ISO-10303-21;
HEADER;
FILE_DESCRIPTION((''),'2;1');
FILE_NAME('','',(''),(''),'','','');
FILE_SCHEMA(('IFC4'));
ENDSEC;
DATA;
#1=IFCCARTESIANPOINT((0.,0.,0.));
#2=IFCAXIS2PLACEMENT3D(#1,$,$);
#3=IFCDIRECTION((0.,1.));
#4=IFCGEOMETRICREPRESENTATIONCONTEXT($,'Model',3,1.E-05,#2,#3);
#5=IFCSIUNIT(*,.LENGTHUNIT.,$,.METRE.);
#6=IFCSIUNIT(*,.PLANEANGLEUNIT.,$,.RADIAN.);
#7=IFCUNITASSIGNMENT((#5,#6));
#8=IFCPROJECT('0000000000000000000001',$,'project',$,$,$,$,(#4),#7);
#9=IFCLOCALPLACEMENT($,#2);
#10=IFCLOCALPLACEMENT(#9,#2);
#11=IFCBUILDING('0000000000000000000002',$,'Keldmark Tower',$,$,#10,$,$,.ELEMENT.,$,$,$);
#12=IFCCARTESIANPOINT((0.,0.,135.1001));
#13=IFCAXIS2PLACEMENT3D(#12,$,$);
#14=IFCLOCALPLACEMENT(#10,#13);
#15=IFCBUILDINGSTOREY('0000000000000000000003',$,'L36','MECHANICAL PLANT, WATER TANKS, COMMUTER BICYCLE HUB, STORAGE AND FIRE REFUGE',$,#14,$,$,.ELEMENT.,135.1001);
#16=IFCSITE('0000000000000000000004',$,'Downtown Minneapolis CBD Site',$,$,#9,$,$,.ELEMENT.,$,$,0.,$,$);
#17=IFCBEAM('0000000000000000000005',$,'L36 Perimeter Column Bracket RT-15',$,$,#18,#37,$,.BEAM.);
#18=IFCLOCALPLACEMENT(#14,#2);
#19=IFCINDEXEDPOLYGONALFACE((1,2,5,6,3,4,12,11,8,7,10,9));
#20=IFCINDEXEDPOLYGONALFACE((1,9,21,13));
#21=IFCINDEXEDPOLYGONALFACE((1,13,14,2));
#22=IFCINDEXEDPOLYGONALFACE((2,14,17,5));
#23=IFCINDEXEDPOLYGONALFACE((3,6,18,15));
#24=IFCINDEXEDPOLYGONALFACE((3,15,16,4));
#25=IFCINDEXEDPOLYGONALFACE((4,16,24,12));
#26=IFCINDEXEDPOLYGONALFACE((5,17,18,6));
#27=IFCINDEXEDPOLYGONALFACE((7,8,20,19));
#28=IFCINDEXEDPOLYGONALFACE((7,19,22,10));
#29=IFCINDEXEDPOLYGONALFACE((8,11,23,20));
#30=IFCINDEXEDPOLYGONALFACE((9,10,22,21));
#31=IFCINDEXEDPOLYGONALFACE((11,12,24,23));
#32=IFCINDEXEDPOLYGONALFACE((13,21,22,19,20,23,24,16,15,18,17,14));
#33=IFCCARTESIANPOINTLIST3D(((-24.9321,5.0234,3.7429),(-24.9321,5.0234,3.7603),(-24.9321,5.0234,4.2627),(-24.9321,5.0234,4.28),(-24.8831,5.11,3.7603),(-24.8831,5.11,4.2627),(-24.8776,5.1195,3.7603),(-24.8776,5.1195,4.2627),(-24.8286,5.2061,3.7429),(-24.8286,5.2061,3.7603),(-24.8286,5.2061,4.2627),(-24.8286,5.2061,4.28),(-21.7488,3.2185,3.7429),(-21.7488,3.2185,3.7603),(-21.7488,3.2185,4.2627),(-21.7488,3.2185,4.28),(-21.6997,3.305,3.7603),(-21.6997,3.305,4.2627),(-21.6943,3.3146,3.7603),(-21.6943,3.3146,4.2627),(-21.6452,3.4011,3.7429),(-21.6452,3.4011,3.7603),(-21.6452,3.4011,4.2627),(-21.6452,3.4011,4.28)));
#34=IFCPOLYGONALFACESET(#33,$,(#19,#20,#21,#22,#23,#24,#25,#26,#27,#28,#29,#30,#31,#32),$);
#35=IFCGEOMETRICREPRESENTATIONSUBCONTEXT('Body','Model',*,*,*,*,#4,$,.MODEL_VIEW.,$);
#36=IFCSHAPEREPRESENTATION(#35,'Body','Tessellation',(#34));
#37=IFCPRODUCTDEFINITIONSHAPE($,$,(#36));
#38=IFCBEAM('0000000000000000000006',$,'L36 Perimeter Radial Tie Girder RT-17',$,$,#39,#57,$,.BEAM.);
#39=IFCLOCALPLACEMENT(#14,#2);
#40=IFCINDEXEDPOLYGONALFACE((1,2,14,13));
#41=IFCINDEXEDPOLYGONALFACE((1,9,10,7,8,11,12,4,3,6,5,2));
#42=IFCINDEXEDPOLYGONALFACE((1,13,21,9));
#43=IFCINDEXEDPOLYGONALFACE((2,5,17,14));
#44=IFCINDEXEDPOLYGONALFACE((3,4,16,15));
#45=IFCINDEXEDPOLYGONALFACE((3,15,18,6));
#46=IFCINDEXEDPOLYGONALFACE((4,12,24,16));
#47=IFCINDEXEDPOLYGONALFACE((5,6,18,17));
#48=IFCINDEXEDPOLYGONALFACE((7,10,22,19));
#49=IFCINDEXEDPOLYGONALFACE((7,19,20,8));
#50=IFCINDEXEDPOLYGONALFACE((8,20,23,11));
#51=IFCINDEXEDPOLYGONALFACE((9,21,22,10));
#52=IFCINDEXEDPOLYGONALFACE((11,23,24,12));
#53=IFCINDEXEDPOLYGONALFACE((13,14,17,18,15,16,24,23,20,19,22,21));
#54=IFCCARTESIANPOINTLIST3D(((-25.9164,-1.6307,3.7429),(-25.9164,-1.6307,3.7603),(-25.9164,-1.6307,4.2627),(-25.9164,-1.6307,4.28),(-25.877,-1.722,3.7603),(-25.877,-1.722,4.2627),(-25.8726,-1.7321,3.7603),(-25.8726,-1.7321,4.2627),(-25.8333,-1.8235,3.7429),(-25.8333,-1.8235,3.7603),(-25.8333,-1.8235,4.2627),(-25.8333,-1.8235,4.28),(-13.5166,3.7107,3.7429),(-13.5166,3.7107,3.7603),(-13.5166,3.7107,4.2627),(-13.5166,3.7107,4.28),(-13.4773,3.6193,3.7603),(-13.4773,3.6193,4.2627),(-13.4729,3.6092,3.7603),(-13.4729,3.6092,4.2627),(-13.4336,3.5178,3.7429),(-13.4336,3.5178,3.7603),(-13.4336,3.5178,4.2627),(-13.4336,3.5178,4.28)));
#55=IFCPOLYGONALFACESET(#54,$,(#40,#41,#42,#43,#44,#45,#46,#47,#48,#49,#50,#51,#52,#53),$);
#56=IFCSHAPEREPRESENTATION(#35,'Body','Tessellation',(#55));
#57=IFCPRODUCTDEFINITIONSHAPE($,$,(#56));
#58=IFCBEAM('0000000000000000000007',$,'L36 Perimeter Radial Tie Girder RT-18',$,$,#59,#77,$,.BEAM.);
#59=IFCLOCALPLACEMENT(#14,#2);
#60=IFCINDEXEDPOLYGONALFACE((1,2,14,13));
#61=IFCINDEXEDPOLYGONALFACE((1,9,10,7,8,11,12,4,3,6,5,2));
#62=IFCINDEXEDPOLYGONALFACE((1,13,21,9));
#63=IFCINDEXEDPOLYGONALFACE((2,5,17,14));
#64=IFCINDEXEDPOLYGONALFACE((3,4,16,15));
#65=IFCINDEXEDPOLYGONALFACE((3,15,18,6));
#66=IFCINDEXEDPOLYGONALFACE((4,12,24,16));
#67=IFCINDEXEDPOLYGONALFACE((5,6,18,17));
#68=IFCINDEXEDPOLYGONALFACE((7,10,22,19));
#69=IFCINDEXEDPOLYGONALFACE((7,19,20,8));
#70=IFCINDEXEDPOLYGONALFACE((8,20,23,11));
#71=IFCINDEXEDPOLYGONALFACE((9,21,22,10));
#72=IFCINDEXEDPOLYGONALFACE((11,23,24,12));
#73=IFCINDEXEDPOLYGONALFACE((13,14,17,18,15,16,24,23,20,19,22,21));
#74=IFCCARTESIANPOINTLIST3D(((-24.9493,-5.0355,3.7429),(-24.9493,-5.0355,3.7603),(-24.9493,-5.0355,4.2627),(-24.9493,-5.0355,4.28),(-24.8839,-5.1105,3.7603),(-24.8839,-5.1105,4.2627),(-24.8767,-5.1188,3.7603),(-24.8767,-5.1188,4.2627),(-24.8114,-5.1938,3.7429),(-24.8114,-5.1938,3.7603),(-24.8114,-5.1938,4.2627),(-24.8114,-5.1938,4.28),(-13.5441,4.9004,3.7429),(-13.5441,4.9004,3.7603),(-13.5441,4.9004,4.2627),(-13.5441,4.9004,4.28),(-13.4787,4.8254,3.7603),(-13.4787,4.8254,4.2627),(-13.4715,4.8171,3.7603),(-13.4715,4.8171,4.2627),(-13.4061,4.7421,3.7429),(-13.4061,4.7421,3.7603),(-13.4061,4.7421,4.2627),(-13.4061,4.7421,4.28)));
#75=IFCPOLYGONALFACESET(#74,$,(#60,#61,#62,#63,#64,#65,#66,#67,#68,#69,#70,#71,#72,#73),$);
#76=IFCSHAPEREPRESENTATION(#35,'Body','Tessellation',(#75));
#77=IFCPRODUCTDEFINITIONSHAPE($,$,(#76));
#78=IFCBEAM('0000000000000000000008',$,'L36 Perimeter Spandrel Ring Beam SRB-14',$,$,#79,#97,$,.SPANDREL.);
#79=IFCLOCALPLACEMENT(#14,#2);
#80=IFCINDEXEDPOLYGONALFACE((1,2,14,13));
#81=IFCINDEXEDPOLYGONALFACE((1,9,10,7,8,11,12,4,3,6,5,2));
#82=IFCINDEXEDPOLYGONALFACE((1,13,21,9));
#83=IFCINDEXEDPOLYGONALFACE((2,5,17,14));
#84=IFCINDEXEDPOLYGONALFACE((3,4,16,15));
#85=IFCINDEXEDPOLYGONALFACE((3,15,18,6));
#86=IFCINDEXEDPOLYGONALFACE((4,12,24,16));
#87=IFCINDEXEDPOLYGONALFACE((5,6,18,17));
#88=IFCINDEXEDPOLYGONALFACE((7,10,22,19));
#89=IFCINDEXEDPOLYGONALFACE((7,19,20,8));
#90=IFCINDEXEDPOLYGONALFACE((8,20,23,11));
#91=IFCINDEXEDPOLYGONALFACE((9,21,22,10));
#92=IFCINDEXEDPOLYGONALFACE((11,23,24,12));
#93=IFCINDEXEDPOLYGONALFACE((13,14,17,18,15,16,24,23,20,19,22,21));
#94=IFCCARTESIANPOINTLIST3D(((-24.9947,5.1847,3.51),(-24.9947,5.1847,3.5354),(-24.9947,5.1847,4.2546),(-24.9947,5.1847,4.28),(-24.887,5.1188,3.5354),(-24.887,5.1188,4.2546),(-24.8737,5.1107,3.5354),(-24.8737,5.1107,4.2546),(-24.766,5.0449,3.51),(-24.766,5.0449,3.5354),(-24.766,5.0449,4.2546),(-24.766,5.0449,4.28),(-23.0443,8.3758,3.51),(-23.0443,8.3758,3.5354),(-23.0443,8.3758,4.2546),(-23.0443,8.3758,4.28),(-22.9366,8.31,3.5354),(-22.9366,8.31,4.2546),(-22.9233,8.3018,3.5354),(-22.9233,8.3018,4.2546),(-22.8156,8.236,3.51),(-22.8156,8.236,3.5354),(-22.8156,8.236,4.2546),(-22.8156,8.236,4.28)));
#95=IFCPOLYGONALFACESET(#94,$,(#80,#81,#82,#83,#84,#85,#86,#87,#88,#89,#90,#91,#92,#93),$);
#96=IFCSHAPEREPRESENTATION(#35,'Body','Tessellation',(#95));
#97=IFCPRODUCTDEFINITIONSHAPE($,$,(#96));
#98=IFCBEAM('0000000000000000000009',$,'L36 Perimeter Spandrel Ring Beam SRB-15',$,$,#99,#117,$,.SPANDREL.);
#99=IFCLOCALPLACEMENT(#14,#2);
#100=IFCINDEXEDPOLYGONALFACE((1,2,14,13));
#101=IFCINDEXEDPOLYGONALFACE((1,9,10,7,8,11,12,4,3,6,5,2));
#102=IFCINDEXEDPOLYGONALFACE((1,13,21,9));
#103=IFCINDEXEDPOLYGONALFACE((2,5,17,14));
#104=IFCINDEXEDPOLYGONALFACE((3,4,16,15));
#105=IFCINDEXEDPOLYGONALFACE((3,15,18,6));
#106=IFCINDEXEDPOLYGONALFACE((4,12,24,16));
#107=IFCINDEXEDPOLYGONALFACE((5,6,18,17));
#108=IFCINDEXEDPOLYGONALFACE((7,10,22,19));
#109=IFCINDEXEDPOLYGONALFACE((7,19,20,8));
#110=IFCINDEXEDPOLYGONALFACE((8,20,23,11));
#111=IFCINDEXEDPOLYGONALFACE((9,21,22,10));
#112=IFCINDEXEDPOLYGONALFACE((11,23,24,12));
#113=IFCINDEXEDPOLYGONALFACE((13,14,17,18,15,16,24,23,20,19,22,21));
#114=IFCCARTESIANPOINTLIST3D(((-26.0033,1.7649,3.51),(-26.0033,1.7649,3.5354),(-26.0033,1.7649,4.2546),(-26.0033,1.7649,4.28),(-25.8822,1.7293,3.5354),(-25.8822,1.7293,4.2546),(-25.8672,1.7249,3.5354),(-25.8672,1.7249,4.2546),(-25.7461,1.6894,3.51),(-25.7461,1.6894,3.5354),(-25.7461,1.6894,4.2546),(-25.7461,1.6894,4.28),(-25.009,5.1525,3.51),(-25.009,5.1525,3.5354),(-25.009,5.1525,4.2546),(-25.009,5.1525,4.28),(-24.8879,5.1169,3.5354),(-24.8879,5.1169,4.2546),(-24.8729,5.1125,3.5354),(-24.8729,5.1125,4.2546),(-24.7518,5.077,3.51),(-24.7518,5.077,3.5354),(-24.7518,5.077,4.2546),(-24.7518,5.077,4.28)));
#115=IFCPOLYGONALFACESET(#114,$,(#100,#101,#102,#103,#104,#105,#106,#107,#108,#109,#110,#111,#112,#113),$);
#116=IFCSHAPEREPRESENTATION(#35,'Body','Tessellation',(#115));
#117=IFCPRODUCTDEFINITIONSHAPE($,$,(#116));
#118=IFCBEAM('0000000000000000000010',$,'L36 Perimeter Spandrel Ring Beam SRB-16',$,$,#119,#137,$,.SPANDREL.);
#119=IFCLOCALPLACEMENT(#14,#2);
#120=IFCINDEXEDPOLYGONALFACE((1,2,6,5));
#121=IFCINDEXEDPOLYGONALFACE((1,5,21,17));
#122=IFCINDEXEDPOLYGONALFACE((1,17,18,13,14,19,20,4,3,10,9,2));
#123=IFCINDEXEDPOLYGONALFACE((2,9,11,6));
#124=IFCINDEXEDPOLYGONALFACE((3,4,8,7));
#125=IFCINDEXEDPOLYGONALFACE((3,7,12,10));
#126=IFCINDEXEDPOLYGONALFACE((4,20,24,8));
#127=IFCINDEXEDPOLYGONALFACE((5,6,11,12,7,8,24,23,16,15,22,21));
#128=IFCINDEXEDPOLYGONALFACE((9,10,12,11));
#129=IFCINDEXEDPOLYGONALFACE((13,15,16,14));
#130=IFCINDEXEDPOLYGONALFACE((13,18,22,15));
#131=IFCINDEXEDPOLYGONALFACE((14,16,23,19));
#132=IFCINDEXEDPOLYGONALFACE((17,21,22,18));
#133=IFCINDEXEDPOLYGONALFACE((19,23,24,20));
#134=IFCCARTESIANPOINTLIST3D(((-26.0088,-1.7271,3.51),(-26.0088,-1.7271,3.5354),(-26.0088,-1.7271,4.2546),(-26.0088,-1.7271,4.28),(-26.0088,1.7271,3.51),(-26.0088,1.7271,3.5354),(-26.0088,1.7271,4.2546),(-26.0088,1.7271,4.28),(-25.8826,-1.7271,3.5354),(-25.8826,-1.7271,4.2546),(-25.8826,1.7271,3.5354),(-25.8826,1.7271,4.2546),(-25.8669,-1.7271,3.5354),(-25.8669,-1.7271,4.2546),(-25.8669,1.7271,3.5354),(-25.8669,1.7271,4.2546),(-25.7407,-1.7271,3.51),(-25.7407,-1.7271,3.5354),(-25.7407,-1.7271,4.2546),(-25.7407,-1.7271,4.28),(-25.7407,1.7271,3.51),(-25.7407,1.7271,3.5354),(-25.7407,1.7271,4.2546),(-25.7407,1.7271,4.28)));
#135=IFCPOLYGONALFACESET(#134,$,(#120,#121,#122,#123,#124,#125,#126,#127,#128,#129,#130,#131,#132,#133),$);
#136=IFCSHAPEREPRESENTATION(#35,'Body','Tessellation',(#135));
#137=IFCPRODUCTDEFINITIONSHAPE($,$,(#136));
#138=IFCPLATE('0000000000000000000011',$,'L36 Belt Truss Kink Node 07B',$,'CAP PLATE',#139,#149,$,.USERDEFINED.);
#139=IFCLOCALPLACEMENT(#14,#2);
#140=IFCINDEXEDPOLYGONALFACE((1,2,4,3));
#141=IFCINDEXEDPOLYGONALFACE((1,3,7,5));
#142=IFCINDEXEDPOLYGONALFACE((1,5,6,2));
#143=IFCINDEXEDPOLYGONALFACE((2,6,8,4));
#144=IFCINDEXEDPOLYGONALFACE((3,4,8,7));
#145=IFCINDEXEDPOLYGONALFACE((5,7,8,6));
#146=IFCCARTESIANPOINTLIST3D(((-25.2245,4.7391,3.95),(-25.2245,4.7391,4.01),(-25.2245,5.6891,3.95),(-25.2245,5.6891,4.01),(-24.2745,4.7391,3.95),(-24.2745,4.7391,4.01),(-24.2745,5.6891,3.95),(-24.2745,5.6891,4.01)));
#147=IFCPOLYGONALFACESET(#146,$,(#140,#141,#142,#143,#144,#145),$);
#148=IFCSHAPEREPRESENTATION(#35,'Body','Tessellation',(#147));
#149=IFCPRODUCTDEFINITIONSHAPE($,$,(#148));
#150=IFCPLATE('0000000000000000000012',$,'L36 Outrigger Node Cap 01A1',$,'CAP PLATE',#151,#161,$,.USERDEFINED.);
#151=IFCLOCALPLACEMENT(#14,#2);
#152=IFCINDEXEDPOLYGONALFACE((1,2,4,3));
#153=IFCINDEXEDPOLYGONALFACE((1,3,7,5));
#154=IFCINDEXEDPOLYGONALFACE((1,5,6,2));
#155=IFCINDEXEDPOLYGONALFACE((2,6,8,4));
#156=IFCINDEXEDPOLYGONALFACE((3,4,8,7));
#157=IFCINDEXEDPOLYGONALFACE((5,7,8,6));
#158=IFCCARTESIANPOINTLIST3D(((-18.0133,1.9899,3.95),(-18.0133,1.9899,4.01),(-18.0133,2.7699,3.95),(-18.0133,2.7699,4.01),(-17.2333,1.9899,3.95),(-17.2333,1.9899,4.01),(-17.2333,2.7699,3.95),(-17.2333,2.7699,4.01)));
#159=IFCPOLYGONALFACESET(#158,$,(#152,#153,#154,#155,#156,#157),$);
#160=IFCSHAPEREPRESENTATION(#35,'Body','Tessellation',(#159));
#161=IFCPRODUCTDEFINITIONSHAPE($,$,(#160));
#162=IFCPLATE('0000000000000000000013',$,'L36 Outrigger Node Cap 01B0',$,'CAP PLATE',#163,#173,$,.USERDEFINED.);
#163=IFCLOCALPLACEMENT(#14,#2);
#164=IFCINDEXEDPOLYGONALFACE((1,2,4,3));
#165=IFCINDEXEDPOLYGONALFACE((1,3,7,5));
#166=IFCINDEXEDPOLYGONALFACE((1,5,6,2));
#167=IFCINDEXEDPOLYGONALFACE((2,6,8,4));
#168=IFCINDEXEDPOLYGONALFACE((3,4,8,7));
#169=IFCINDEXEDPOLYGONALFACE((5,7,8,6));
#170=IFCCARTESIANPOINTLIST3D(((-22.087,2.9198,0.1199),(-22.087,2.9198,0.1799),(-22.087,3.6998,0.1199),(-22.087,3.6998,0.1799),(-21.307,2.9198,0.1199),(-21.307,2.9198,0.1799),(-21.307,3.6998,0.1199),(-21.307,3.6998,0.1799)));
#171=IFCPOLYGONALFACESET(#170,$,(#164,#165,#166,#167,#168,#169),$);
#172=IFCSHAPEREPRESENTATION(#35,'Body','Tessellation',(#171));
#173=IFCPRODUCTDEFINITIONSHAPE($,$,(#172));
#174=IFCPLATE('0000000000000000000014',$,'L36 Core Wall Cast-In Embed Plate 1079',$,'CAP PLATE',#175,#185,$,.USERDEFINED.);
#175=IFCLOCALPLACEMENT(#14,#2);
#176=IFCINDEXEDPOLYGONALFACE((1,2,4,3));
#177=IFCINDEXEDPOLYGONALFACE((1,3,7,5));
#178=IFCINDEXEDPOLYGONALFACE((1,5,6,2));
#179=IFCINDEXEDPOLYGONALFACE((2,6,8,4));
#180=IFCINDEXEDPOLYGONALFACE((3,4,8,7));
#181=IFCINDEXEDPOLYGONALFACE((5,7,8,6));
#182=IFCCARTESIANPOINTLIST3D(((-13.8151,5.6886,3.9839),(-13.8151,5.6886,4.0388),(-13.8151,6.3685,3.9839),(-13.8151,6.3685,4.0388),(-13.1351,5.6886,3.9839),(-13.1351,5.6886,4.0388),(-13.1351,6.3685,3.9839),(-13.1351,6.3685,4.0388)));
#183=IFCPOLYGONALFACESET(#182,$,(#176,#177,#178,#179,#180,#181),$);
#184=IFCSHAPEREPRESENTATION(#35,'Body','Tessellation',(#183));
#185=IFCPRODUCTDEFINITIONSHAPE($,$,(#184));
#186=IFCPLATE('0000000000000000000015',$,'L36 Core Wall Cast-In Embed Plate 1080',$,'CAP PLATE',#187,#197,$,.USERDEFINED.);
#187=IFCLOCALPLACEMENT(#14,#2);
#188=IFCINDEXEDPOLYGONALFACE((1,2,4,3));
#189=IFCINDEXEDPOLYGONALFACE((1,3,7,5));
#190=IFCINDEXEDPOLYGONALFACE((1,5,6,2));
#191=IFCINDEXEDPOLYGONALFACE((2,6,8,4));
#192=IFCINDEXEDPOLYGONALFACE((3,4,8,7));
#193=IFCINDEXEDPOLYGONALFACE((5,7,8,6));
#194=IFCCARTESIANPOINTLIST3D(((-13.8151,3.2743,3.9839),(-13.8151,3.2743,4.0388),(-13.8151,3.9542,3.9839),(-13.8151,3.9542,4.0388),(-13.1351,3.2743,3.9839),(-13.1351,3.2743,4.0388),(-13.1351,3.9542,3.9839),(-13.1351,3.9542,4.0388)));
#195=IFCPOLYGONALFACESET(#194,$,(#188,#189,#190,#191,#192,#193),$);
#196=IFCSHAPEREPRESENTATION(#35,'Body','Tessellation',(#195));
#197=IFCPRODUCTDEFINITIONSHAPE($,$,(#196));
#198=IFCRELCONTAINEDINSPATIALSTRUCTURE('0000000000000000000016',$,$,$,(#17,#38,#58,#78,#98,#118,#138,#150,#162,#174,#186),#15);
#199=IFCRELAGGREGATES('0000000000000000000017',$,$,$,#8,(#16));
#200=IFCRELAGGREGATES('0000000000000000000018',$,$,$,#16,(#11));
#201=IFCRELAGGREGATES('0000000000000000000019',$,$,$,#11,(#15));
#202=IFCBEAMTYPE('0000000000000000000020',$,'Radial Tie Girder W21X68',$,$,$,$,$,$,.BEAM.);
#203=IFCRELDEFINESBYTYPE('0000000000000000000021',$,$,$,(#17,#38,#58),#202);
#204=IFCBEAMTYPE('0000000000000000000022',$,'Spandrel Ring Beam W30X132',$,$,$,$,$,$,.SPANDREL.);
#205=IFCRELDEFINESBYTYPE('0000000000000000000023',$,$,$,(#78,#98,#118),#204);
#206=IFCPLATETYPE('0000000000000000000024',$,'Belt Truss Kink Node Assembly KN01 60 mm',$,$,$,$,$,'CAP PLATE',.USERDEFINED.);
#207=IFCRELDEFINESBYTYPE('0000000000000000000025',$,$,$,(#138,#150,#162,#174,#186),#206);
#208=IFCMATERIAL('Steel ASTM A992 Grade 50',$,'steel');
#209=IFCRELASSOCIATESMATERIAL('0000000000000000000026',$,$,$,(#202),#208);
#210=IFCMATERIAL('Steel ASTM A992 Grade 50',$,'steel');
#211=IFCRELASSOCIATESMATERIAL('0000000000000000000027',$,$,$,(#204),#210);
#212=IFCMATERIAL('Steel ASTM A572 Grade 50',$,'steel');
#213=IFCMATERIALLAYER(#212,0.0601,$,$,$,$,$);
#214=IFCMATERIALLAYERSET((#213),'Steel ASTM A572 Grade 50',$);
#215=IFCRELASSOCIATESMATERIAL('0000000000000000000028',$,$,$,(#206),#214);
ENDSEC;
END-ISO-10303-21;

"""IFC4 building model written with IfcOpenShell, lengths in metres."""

from ifc_helpers import new_model, si_unit, direction, frame, origin, origin_2d, place, context, subcontext, project, spatial, rectangle, i_section, extrude, material, layer, layer_set, material_profile, profile_set, type_object, element, save


model = new_model("IFC4")

# Units and contexts
model_context = context("Model", 3, precision=1e-05, world=origin(), true_north=direction((0.0, 1.0)))
body_context = subcontext(model_context, "Body", "Model", "MODEL_VIEW")
ifc_project = project(units=[si_unit("LENGTHUNIT", "METRE"), si_unit("PLANEANGLEUNIT", "RADIAN")], contexts=[model_context])

# Site, building, storey
site_placement = place(None, origin())
site = spatial("IfcSite", under=ifc_project, at=site_placement, Name="Downtown Minneapolis CBD Site", CompositionType="ELEMENT", RefElevation=0.0)
building_placement = place(site_placement, origin())
building = spatial("IfcBuilding", under=site, at=building_placement, Name="Keldmark Tower", CompositionType="ELEMENT")
storey_placement = place(building_placement, frame((0.0, 0.0, 135.1001)))
storey = spatial("IfcBuildingStorey", under=building, at=storey_placement, Name="L36", Description="MECHANICAL PLANT, WATER TANKS, COMMUTER BICYCLE HUB, STORAGE AND FIRE REFUGE", CompositionType="ELEMENT", Elevation=135.1001)

# Beams
ifc_material_1 = material(Name="Steel ASTM A992 Grade 50", Category="steel")
ifc_material_profile_1 = material_profile(ifc_material_1, i_section(OverallWidth=0.21, OverallDepth=0.5371, WebThickness=0.011, FlangeThickness=0.0173, at=origin_2d()), Name="W21X68")
ifc_profile_set_1 = profile_set([ifc_material_profile_1], Name="Steel ASTM A992 Grade 50")
beam_type_1 = type_object("IfcBeamType", Name="Radial Tie Girder W21X68", PredefinedType="BEAM", material=ifc_profile_set_1)
beam_1_placement = place(storey_placement, frame((-21.697, 3.3098, 4.0115), z_axis=(-0.869901, 0.493226, 0.0), x_axis=(-0.493226, -0.869901, 0.0)))
element("IfcBeam", 1, at=beam_1_placement, inside=storey, type_object=beam_type_1, Name="L36 Perimeter Column Bracket RT-15", PredefinedType="BEAM", context=body_context, shape_type="SweptSolid", body=[
    extrude(i_section(OverallWidth=0.21, OverallDepth=0.5371, WebThickness=0.011, FlangeThickness=0.0173, at=origin_2d()), origin(), (0.0, 0.0, 1.0), 3.6594),
])
beam_2_placement = place(storey_placement, frame((-13.4751, 3.6143, 4.0115), z_axis=(-0.918415, -0.395619, 0.0), x_axis=(0.395619, -0.918415, 0.0)))
element("IfcBeam", 2, at=beam_2_placement, inside=storey, type_object=beam_type_1, Name="L36 Perimeter Radial Tie Girder RT-17", PredefinedType="BEAM", context=body_context, shape_type="SweptSolid", body=[
    extrude(i_section(OverallWidth=0.21, OverallDepth=0.5371, WebThickness=0.011, FlangeThickness=0.0173, at=origin_2d()), origin(), (0.0, 0.0, 1.0), 13.5012),
])
beam_3_placement = place(storey_placement, frame((-13.4751, 4.8213, 4.0115), z_axis=(-0.754003, -0.656871, 0.0), x_axis=(0.656871, -0.754003, 0.0)))
element("IfcBeam", 3, at=beam_3_placement, inside=storey, type_object=beam_type_1, Name="L36 Perimeter Radial Tie Girder RT-18", PredefinedType="BEAM", context=body_context, shape_type="SweptSolid", body=[
    extrude(i_section(OverallWidth=0.21, OverallDepth=0.5371, WebThickness=0.011, FlangeThickness=0.0173, at=origin_2d()), origin(), (0.0, 0.0, 1.0), 15.1262),
])
ifc_material_2 = material(Name="Steel ASTM A992 Grade 50", Category="steel")
ifc_material_profile_2 = material_profile(ifc_material_2, i_section(OverallWidth=0.2681, OverallDepth=0.77, WebThickness=0.0156, FlangeThickness=0.0254, at=origin_2d()), Name="W30X132")
ifc_profile_set_2 = profile_set([ifc_material_profile_2], Name="Steel ASTM A992 Grade 50")
beam_type_2 = type_object("IfcBeamType", Name="Spandrel Ring Beam W30X132", PredefinedType="SPANDREL", material=ifc_profile_set_2)
beam_4_placement = place(storey_placement, frame((-22.9299, 8.3059, 3.895), z_axis=(-0.521505, -0.853248, 0.0), x_axis=(0.853248, -0.521505, 0.0)))
element("IfcBeam", 4, at=beam_4_placement, inside=storey, type_object=beam_type_2, Name="L36 Perimeter Spandrel Ring Beam SRB-14", PredefinedType="SPANDREL", context=body_context, shape_type="SweptSolid", body=[
    extrude(i_section(OverallWidth=0.2681, OverallDepth=0.77, WebThickness=0.0156, FlangeThickness=0.0254, at=origin_2d()), origin(), (0.0, 0.0, 1.0), 3.74),
])
beam_5_placement = place(storey_placement, frame((-24.8804, 5.1147, 3.895), z_axis=(-0.281646, -0.959518, 0.0), x_axis=(0.959518, -0.281646, 0.0)))
element("IfcBeam", 5, at=beam_5_placement, inside=storey, type_object=beam_type_2, Name="L36 Perimeter Spandrel Ring Beam SRB-15", PredefinedType="SPANDREL", context=body_context, shape_type="SweptSolid", body=[
    extrude(i_section(OverallWidth=0.2681, OverallDepth=0.77, WebThickness=0.0156, FlangeThickness=0.0254, at=origin_2d()), origin(), (0.0, 0.0, 1.0), 3.5305),
])
beam_6_placement = place(storey_placement, frame((-25.8748, 1.7271, 3.895), z_axis=(0.0, -1.0, 0.0), x_axis=(1.0, 0.0, 0.0)))
element("IfcBeam", 6, at=beam_6_placement, inside=storey, type_object=beam_type_2, Name="L36 Perimeter Spandrel Ring Beam SRB-16", PredefinedType="SPANDREL", context=body_context, shape_type="SweptSolid", body=[
    extrude(i_section(OverallWidth=0.2681, OverallDepth=0.77, WebThickness=0.0156, FlangeThickness=0.0254, at=origin_2d()), origin(), (0.0, 0.0, 1.0), 3.4541),
])

# Plates
ifc_material_3 = material(Name="Steel ASTM A572 Grade 50", Category="steel")
ifc_layer_1 = layer(ifc_material_3, 0.0601)
ifc_layer_set_1 = layer_set([ifc_layer_1], Name="Steel ASTM A572 Grade 50")
plate_type_1 = type_object("IfcPlateType", Name="Belt Truss Kink Node Assembly KN01 60 mm", ElementType="CAP PLATE", PredefinedType="USERDEFINED", material=ifc_layer_set_1)
plate_placement = place(storey_placement, frame((-24.7495, 5.2141, 3.95), z_axis=(0.0, 0.0, 1.0), x_axis=(1.0, 0.0, 0.0)))
element("IfcPlate", 7, at=plate_placement, inside=storey, type_object=plate_type_1, Name="L36 Belt Truss Kink Node 07B", ObjectType="CAP PLATE", PredefinedType="USERDEFINED", context=body_context, shape_type="SweptSolid", body=[
    extrude(rectangle(XDim=0.95, YDim=0.95, at=origin_2d()), origin(), (0.0, 0.0, 1.0), 0.0601),
])
for number, where, z_axis, x_axis, name in (
    (8, (-17.6233, 2.3799, 3.95), (0.0, 0.0, 1.0), (1.0, 0.0, 0.0), "L36 Outrigger Node Cap 01A1"),
    (9, (-21.697, 3.3098, 0.1199), (0.0, 0.0, 1.0), (1.0, 0.0, 0.0), "L36 Outrigger Node Cap 01B0"),
):
    element("IfcPlate", number, at=place(storey_placement, frame(where, z_axis=z_axis, x_axis=x_axis)), inside=storey, type_object=plate_type_1, Name=name, ObjectType="CAP PLATE", PredefinedType="USERDEFINED", context=body_context, shape_type="SweptSolid", body=[
        extrude(rectangle(XDim=0.78, YDim=0.78, at=origin_2d()), origin(), (0.0, 0.0, 1.0), 0.0601),
    ])
for number, where, z_axis, x_axis, name in (
    (10, (-13.4751, 6.0286, 3.9839), (0.0, 0.0, 1.0), (1.0, 0.0, 0.0), "L36 Core Wall Cast-In Embed Plate 1079"),
    (11, (-13.4751, 3.6143, 3.9839), (0.0, 0.0, 1.0), (1.0, 0.0, 0.0), "L36 Core Wall Cast-In Embed Plate 1080"),
):
    element("IfcPlate", number, at=place(storey_placement, frame(where, z_axis=z_axis, x_axis=x_axis)), inside=storey, type_object=plate_type_1, Name=name, ObjectType="CAP PLATE", PredefinedType="USERDEFINED", context=body_context, shape_type="SweptSolid", body=[
        extrude(rectangle(XDim=0.6799, YDim=0.6799, at=origin_2d()), origin(), (0.0, 0.0, 1.0), 0.0549),
    ])

save(model, "model.ifc")
